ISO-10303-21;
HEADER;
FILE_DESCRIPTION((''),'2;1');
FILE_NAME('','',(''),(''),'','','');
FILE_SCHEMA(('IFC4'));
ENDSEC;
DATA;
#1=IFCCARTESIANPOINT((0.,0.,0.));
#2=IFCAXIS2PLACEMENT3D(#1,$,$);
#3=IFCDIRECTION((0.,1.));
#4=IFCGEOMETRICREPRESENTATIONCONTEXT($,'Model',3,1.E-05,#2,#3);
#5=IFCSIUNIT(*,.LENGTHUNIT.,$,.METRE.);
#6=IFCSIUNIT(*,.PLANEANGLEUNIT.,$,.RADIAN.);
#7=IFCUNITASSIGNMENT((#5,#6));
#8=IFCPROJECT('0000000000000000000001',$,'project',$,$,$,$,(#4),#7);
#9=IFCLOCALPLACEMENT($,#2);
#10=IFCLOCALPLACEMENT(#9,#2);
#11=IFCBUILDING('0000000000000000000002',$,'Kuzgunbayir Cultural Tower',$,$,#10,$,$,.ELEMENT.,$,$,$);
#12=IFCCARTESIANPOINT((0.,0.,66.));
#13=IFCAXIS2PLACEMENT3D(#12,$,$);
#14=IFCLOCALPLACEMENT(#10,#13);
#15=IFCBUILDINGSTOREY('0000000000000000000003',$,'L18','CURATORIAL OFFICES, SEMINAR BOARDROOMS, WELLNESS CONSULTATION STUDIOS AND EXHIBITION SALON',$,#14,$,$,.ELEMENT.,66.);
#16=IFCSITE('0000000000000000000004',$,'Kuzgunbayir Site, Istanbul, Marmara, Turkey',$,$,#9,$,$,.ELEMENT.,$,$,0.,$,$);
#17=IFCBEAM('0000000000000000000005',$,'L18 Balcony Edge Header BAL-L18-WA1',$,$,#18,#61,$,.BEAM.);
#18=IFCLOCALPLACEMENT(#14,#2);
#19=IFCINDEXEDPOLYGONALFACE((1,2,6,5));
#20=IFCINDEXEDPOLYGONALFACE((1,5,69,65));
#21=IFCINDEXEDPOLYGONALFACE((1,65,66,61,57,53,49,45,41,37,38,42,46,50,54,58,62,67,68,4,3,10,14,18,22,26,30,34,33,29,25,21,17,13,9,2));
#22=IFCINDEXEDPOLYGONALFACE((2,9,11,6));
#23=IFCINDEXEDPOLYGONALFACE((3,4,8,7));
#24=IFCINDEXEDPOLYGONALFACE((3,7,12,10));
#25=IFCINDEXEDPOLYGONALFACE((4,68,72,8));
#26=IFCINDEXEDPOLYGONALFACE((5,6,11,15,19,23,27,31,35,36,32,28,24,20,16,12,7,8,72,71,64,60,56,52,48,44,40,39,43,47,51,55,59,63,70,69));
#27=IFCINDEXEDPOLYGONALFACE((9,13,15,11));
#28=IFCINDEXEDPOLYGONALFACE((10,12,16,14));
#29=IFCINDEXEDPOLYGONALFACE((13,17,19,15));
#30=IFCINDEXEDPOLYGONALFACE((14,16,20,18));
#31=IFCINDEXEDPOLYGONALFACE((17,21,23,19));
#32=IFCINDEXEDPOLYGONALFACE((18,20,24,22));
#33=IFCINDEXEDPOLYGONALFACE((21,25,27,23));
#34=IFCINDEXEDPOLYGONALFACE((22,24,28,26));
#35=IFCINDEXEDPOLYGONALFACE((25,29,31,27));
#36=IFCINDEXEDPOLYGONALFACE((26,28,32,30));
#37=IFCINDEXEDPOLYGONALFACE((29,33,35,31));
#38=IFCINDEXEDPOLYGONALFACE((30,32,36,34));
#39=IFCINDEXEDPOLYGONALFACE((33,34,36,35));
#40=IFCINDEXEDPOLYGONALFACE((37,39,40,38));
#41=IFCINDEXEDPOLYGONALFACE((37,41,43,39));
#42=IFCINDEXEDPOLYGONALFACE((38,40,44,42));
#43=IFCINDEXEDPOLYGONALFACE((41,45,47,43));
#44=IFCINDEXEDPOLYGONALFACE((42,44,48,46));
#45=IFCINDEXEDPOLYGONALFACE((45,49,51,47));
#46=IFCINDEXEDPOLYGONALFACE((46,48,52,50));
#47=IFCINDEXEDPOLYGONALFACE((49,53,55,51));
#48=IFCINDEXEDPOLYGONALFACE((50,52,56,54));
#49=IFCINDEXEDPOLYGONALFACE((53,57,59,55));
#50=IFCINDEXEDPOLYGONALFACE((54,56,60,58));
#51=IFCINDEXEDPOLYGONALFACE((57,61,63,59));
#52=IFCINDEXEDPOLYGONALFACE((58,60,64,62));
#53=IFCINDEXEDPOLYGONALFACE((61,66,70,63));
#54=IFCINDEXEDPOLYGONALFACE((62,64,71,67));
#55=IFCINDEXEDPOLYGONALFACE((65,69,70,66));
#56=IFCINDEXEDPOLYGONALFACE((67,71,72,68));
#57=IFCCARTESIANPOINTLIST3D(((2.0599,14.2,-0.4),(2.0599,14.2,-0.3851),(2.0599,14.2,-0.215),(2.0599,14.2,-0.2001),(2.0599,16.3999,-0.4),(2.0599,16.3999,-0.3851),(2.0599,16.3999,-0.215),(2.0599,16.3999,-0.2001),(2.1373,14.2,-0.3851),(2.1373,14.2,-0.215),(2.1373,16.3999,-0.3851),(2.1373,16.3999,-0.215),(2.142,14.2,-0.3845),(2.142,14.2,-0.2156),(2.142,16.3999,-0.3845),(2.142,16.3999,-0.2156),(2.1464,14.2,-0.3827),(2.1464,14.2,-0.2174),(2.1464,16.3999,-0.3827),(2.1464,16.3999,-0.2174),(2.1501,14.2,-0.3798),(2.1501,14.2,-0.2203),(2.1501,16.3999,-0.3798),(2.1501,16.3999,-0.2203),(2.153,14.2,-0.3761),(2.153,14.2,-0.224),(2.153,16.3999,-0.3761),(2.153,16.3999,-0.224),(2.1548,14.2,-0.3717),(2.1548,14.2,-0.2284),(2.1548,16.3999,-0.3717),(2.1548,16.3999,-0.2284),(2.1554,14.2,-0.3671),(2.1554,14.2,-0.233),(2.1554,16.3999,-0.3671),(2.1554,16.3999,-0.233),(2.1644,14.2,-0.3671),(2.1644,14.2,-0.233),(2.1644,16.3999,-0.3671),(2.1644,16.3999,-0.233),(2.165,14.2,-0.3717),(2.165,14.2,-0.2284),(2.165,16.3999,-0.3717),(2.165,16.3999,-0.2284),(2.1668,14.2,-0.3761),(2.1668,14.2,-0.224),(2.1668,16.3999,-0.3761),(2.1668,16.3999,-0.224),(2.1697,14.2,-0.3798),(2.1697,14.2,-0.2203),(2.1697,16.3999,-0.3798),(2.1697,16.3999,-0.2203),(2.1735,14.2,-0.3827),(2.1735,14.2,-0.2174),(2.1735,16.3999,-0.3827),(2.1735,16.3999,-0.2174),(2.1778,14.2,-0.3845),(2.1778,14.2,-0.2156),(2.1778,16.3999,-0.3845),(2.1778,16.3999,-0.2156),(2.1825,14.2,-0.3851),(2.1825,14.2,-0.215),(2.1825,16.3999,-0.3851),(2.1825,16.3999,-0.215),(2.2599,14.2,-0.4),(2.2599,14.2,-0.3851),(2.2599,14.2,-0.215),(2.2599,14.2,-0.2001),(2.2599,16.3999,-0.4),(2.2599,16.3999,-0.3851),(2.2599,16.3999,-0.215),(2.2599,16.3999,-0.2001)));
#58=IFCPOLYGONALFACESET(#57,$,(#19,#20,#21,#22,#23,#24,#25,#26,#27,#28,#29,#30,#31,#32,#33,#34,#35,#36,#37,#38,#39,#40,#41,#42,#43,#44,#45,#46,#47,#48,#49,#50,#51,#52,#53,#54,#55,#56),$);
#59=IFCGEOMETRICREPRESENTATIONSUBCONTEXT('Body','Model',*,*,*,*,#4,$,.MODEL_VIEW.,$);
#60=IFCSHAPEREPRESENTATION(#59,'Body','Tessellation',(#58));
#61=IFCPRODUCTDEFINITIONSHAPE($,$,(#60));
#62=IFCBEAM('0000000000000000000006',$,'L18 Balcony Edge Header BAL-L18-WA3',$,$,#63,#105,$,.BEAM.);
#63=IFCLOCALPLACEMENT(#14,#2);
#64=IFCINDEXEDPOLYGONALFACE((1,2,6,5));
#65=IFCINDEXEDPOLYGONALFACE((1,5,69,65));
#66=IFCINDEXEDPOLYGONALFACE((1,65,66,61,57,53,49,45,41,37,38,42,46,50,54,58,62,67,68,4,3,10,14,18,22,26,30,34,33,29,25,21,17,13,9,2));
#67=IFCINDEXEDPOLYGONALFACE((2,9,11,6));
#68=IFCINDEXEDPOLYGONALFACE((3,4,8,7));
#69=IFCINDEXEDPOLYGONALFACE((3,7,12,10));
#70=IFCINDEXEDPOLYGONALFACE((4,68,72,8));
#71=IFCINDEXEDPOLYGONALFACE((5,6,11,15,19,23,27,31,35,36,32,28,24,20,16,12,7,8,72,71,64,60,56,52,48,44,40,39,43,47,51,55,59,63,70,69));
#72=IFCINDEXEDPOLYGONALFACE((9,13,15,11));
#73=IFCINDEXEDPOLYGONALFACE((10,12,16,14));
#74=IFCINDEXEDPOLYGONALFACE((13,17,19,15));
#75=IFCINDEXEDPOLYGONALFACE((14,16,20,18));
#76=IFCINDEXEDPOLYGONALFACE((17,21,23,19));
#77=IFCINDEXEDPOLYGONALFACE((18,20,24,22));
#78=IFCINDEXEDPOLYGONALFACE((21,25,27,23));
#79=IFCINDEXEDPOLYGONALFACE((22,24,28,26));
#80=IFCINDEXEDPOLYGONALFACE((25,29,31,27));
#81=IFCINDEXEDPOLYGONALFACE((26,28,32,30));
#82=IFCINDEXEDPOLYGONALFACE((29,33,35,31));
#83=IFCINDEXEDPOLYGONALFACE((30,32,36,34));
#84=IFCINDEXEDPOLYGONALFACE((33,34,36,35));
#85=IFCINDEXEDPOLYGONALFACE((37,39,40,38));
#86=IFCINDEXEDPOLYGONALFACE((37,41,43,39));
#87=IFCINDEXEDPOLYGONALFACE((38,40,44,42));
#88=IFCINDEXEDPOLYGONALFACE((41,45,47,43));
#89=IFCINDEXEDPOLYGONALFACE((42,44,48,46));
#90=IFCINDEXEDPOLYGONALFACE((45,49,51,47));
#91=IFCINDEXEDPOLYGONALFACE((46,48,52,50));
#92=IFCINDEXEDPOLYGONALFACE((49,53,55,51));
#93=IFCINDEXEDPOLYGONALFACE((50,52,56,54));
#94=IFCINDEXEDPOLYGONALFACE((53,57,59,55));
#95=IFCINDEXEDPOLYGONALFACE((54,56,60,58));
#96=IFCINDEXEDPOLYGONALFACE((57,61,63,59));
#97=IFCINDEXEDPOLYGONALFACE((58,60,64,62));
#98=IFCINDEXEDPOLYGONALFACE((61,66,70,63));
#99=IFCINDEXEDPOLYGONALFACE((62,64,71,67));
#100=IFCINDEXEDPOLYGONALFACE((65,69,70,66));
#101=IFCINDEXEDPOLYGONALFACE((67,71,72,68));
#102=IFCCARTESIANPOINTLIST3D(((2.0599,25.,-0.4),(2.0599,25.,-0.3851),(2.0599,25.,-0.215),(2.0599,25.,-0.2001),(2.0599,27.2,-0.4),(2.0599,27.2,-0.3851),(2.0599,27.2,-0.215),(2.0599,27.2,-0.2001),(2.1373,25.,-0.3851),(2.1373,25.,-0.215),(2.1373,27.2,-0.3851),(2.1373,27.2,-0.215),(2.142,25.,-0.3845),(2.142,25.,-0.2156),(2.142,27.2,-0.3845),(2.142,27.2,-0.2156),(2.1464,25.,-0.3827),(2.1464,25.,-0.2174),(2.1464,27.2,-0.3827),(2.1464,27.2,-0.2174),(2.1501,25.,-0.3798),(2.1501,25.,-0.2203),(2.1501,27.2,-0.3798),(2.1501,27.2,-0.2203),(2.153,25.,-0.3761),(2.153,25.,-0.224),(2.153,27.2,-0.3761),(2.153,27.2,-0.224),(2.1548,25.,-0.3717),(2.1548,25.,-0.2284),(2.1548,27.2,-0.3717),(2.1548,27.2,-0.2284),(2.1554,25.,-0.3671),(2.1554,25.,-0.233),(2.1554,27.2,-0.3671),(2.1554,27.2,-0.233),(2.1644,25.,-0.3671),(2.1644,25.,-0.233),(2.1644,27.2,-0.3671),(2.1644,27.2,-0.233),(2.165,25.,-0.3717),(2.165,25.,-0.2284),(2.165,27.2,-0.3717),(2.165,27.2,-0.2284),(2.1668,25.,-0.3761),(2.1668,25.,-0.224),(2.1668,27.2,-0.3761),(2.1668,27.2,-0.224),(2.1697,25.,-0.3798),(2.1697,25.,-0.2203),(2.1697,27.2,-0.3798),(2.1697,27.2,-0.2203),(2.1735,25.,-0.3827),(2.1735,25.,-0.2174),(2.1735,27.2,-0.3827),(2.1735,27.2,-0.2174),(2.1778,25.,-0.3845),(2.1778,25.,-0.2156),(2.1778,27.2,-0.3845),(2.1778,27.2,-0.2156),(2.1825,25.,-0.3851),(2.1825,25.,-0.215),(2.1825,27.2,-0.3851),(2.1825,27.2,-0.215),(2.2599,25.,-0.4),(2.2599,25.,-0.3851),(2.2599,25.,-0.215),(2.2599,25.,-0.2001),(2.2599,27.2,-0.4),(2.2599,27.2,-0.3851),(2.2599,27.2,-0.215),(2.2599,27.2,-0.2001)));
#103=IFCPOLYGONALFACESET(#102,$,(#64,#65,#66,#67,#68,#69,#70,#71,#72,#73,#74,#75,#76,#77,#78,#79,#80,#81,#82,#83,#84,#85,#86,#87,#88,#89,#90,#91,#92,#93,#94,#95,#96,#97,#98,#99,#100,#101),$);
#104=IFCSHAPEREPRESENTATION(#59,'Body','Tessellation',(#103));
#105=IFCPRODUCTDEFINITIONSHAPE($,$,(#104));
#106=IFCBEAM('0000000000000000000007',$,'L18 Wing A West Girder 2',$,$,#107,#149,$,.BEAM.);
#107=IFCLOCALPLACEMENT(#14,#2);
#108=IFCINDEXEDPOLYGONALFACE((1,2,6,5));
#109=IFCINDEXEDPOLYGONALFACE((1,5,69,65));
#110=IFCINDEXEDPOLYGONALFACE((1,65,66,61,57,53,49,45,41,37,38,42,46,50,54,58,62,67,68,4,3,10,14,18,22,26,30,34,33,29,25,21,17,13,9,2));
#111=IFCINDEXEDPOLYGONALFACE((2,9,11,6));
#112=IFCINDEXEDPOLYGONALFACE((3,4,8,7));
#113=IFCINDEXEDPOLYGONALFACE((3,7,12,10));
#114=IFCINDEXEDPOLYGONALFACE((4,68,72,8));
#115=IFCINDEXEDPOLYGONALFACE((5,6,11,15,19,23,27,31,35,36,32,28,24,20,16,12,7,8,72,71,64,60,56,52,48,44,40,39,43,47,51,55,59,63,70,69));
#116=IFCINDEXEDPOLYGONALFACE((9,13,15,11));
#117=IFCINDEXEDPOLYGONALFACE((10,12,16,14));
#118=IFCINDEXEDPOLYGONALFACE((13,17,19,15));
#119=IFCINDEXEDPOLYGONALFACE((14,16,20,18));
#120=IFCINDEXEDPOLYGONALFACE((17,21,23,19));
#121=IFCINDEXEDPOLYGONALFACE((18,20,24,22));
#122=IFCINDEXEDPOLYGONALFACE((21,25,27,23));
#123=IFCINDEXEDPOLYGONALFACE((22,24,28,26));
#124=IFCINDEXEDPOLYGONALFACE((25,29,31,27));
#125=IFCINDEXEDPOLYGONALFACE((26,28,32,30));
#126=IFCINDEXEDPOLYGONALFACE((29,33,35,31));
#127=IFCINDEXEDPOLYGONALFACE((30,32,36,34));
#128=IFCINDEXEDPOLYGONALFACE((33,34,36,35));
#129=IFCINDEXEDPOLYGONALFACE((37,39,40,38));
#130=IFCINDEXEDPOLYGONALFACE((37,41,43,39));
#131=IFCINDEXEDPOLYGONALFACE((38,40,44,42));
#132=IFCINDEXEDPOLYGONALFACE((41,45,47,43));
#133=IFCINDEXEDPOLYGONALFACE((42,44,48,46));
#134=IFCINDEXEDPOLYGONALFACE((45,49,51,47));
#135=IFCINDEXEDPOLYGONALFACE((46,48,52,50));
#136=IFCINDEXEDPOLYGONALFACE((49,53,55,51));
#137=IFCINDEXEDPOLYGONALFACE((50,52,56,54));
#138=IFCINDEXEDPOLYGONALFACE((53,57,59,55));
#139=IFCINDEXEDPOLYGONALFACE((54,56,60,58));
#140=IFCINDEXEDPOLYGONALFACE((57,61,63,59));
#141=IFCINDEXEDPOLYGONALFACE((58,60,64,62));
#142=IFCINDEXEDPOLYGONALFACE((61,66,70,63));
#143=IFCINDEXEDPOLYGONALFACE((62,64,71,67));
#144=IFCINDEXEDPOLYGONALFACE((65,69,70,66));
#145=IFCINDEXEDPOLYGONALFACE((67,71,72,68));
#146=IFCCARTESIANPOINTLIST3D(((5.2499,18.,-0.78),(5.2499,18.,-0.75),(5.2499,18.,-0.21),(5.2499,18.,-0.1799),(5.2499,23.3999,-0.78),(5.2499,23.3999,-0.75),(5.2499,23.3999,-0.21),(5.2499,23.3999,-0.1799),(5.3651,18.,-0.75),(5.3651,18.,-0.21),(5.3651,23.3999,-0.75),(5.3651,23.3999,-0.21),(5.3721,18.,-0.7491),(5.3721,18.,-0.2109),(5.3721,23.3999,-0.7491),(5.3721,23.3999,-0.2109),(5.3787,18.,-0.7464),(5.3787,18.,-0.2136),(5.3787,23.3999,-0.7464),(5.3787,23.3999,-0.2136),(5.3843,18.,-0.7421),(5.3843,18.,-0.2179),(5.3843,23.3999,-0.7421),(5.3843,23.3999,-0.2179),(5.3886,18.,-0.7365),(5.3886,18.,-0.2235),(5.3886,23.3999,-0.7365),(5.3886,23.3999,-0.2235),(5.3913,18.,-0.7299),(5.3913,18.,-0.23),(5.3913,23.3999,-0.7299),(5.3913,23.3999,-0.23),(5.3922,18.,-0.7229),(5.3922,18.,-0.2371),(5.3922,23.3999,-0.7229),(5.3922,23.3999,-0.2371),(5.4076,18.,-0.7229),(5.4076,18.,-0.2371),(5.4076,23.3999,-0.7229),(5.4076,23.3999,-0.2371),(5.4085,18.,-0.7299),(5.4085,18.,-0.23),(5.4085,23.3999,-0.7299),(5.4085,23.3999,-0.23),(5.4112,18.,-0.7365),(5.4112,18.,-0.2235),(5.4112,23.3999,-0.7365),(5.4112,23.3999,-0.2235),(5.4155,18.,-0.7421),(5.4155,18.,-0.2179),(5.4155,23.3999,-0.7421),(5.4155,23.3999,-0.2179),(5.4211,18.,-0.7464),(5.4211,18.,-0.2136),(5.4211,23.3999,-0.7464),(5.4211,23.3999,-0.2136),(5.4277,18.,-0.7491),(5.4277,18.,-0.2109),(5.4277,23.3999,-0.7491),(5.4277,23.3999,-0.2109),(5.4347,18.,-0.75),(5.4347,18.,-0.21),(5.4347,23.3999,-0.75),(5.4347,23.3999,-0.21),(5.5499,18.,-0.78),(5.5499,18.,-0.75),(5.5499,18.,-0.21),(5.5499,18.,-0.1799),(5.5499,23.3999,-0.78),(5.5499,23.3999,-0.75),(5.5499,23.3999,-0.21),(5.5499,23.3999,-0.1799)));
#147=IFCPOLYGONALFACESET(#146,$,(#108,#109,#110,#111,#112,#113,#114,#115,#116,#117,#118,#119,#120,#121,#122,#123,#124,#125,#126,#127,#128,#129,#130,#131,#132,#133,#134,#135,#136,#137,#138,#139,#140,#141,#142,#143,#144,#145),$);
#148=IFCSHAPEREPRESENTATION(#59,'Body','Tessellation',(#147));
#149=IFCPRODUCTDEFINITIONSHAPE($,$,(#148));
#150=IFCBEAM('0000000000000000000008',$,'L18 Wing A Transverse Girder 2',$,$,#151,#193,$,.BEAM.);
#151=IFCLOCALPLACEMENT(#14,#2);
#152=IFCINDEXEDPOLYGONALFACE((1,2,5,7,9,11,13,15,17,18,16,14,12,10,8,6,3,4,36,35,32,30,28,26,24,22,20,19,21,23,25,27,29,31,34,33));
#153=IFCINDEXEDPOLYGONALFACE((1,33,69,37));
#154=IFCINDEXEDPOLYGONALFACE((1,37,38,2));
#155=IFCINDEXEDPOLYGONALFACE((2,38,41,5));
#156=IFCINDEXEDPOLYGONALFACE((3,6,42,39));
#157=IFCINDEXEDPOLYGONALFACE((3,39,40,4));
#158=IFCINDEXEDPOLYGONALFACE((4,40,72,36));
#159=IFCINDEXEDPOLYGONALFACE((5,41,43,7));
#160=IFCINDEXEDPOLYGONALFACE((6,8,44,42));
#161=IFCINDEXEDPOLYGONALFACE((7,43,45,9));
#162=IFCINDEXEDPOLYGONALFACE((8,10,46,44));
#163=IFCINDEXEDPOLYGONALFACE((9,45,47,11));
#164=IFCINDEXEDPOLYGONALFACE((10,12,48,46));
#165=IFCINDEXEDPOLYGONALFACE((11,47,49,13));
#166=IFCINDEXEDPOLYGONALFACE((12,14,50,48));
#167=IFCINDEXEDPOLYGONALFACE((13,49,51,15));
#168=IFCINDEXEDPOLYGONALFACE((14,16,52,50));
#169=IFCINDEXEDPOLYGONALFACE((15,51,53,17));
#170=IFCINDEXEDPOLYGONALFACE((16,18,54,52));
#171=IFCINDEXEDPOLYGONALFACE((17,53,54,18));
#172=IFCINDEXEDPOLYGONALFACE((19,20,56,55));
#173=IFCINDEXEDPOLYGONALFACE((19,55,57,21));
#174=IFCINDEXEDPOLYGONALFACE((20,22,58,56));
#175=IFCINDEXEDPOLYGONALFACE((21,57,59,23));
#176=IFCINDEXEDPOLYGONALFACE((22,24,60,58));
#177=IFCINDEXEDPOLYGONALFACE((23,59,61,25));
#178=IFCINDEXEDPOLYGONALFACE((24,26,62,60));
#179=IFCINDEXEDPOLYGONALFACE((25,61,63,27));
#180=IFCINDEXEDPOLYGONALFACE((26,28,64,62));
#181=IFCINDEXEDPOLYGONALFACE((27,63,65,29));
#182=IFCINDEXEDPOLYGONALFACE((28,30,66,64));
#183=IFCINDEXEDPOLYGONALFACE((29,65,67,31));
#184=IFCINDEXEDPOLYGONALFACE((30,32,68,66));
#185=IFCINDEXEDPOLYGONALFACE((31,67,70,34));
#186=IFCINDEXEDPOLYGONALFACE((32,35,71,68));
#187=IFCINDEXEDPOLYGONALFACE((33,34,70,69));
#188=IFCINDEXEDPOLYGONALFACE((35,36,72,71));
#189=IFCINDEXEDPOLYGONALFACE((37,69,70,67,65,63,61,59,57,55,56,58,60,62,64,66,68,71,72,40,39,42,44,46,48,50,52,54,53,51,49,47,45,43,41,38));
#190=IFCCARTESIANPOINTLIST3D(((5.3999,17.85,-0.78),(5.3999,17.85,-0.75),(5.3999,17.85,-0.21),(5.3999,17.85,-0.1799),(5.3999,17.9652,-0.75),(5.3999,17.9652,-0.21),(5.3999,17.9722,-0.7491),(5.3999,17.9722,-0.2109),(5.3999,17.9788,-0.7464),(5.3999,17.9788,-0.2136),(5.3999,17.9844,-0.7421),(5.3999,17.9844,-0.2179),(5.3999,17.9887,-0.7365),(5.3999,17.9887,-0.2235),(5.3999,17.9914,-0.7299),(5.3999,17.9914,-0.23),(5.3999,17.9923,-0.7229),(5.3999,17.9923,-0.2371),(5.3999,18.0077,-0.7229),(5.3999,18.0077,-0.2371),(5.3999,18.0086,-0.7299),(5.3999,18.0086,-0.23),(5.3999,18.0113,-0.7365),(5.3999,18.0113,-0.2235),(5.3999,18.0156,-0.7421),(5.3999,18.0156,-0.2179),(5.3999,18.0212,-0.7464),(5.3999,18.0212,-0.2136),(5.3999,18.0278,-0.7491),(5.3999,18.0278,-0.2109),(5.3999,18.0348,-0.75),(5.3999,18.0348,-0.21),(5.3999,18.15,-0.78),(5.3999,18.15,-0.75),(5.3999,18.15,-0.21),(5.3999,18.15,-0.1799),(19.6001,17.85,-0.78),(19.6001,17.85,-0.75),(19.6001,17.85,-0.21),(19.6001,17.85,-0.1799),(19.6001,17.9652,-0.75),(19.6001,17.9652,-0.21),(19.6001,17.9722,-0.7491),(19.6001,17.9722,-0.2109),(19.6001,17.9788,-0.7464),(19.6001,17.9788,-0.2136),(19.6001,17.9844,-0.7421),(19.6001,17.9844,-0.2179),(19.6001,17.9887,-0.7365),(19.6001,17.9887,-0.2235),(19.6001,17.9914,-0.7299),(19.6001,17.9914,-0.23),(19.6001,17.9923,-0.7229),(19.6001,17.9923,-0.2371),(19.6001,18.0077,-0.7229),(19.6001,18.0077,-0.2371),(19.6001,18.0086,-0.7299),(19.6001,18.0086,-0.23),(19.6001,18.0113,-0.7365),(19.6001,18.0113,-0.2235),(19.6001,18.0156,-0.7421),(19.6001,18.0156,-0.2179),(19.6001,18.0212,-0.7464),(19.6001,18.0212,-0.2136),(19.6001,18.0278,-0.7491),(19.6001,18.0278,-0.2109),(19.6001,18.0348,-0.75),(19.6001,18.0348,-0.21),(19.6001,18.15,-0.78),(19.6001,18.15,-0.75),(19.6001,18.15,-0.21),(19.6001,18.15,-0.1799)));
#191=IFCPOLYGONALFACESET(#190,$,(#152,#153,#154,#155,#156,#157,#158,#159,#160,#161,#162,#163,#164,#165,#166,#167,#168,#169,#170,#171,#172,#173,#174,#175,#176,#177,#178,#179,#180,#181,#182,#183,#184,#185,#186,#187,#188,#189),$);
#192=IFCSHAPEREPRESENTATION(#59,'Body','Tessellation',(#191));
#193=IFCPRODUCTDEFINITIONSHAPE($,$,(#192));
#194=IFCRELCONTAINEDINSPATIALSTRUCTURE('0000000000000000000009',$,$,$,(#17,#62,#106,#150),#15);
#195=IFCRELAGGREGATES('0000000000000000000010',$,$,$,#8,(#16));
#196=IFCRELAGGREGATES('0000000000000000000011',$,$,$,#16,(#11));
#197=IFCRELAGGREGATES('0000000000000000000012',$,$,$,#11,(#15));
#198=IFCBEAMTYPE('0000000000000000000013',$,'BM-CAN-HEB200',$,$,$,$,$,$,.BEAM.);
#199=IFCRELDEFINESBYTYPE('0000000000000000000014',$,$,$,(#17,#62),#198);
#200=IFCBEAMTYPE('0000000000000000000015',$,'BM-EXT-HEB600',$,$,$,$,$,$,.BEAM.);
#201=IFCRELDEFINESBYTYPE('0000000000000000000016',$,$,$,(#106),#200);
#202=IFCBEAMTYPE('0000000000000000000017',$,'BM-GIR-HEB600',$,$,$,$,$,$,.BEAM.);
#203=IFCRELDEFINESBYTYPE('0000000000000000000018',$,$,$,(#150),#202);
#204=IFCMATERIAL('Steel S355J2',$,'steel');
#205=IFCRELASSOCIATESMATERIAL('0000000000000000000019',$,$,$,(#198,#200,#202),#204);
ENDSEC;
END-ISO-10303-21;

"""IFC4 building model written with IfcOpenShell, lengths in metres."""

from ifc_helpers import new_model, si_unit, direction, frame, origin, origin_2d, place, context, subcontext, project, spatial, i_section, extrude, material, material_profile, profile_set, type_object, element, save


model = new_model("IFC4")

# Units and contexts
model_context = context("Model", 3, precision=1e-05, world=origin(), true_north=direction((0.0, 1.0)))
body_context = subcontext(model_context, "Body", "Model", "MODEL_VIEW")
ifc_project = project(units=[si_unit("LENGTHUNIT", "METRE"), si_unit("PLANEANGLEUNIT", "RADIAN")], contexts=[model_context])

# Site, building, storey
site_placement = place(None, origin())
site = spatial("IfcSite", under=ifc_project, at=site_placement, Name="Kuzgunbayir Site, Istanbul, Marmara, Turkey", CompositionType="ELEMENT", RefElevation=0.0)
building_placement = place(site_placement, origin())
building = spatial("IfcBuilding", under=site, at=building_placement, Name="Kuzgunbayir Cultural Tower", CompositionType="ELEMENT")
storey_placement = place(building_placement, frame((0.0, 0.0, 66.0)))
storey = spatial("IfcBuildingStorey", under=building, at=storey_placement, Name="L18", Description="CURATORIAL OFFICES, SEMINAR BOARDROOMS, WELLNESS CONSULTATION STUDIOS AND EXHIBITION SALON", CompositionType="ELEMENT", Elevation=66.0)

# Beams
ifc_material_1 = material(Name="Steel S355J2", Category="steel")
ifc_material_profile_1 = material_profile(ifc_material_1, i_section(OverallWidth=0.2, OverallDepth=0.2, WebThickness=0.009, FlangeThickness=0.0149, FilletRadius=0.0181, at=origin_2d()), Name="HEB 200")
ifc_profile_set_1 = profile_set([ifc_material_profile_1], Name="Steel S355J2")
beam_type_1 = type_object("IfcBeamType", Name="BM-CAN-HEB200", PredefinedType="BEAM", material=ifc_profile_set_1)
for number, where, z_axis, x_axis, name in (
    (1, (2.1599, 14.2, -0.3), (0.0, 1.0, 0.0), (-1.0, 0.0, 0.0), "L18 Balcony Edge Header BAL-L18-WA1"),
    (2, (2.1599, 25.0, -0.3), (0.0, 1.0, 0.0), (-1.0, 0.0, 0.0), "L18 Balcony Edge Header BAL-L18-WA3"),
):
    element("IfcBeam", number, at=place(storey_placement, frame(where, z_axis=z_axis, x_axis=x_axis)), inside=storey, type_object=beam_type_1, Name=name, PredefinedType="BEAM", context=body_context, shape_type="SweptSolid", body=[
        extrude(i_section(OverallWidth=0.2, OverallDepth=0.2, WebThickness=0.009, FlangeThickness=0.0149, FilletRadius=0.0181, at=origin_2d()), origin(), (0.0, 0.0, 1.0), 2.2),
    ])
ifc_material_profile_2 = material_profile(ifc_material_1, i_section(OverallWidth=0.3, OverallDepth=0.6001, WebThickness=0.0154, FlangeThickness=0.03, FilletRadius=0.0271, at=origin_2d()), Name="HEB 600")
ifc_profile_set_2 = profile_set([ifc_material_profile_2], Name="Steel S355J2")
beam_type_2 = type_object("IfcBeamType", Name="BM-EXT-HEB600", PredefinedType="BEAM", material=ifc_profile_set_2)
beam_placement = place(storey_placement, frame((5.3999, 18.0, -0.48), z_axis=(0.0, 1.0, 0.0), x_axis=(-1.0, 0.0, 0.0)))
element("IfcBeam", 3, at=beam_placement, inside=storey, type_object=beam_type_2, Name="L18 Wing A West Girder 2", PredefinedType="BEAM", context=body_context, shape_type="SweptSolid", body=[
    extrude(i_section(OverallWidth=0.3, OverallDepth=0.6001, WebThickness=0.0154, FlangeThickness=0.03, FilletRadius=0.0271, at=origin_2d()), origin(), (0.0, 0.0, 1.0), 5.3999),
])
ifc_material_profile_3 = material_profile(ifc_material_1, i_section(OverallWidth=0.3, OverallDepth=0.6001, WebThickness=0.0154, FlangeThickness=0.03, FilletRadius=0.0271, at=origin_2d()), Name="HEB 600")
ifc_profile_set_3 = profile_set([ifc_material_profile_3], Name="Steel S355J2")
beam_type_3 = type_object("IfcBeamType", Name="BM-GIR-HEB600", PredefinedType="BEAM", material=ifc_profile_set_3)
for number, where, z_axis, x_axis, name in (
    (4, (5.3999, 18.0, -0.48), (1.0, 0.0, 0.0), (0.0, 1.0, 0.0), "L18 Wing A Transverse Girder 2"),
):
    element("IfcBeam", number, at=place(storey_placement, frame(where, z_axis=z_axis, x_axis=x_axis)), inside=storey, type_object=beam_type_3, Name=name, PredefinedType="BEAM", context=body_context, shape_type="SweptSolid", body=[
        extrude(i_section(OverallWidth=0.3, OverallDepth=0.6001, WebThickness=0.0154, FlangeThickness=0.03, FilletRadius=0.0271, at=origin_2d()), origin(), (0.0, 0.0, 1.0), 14.2002),
    ])

save(model, "model.ifc")
